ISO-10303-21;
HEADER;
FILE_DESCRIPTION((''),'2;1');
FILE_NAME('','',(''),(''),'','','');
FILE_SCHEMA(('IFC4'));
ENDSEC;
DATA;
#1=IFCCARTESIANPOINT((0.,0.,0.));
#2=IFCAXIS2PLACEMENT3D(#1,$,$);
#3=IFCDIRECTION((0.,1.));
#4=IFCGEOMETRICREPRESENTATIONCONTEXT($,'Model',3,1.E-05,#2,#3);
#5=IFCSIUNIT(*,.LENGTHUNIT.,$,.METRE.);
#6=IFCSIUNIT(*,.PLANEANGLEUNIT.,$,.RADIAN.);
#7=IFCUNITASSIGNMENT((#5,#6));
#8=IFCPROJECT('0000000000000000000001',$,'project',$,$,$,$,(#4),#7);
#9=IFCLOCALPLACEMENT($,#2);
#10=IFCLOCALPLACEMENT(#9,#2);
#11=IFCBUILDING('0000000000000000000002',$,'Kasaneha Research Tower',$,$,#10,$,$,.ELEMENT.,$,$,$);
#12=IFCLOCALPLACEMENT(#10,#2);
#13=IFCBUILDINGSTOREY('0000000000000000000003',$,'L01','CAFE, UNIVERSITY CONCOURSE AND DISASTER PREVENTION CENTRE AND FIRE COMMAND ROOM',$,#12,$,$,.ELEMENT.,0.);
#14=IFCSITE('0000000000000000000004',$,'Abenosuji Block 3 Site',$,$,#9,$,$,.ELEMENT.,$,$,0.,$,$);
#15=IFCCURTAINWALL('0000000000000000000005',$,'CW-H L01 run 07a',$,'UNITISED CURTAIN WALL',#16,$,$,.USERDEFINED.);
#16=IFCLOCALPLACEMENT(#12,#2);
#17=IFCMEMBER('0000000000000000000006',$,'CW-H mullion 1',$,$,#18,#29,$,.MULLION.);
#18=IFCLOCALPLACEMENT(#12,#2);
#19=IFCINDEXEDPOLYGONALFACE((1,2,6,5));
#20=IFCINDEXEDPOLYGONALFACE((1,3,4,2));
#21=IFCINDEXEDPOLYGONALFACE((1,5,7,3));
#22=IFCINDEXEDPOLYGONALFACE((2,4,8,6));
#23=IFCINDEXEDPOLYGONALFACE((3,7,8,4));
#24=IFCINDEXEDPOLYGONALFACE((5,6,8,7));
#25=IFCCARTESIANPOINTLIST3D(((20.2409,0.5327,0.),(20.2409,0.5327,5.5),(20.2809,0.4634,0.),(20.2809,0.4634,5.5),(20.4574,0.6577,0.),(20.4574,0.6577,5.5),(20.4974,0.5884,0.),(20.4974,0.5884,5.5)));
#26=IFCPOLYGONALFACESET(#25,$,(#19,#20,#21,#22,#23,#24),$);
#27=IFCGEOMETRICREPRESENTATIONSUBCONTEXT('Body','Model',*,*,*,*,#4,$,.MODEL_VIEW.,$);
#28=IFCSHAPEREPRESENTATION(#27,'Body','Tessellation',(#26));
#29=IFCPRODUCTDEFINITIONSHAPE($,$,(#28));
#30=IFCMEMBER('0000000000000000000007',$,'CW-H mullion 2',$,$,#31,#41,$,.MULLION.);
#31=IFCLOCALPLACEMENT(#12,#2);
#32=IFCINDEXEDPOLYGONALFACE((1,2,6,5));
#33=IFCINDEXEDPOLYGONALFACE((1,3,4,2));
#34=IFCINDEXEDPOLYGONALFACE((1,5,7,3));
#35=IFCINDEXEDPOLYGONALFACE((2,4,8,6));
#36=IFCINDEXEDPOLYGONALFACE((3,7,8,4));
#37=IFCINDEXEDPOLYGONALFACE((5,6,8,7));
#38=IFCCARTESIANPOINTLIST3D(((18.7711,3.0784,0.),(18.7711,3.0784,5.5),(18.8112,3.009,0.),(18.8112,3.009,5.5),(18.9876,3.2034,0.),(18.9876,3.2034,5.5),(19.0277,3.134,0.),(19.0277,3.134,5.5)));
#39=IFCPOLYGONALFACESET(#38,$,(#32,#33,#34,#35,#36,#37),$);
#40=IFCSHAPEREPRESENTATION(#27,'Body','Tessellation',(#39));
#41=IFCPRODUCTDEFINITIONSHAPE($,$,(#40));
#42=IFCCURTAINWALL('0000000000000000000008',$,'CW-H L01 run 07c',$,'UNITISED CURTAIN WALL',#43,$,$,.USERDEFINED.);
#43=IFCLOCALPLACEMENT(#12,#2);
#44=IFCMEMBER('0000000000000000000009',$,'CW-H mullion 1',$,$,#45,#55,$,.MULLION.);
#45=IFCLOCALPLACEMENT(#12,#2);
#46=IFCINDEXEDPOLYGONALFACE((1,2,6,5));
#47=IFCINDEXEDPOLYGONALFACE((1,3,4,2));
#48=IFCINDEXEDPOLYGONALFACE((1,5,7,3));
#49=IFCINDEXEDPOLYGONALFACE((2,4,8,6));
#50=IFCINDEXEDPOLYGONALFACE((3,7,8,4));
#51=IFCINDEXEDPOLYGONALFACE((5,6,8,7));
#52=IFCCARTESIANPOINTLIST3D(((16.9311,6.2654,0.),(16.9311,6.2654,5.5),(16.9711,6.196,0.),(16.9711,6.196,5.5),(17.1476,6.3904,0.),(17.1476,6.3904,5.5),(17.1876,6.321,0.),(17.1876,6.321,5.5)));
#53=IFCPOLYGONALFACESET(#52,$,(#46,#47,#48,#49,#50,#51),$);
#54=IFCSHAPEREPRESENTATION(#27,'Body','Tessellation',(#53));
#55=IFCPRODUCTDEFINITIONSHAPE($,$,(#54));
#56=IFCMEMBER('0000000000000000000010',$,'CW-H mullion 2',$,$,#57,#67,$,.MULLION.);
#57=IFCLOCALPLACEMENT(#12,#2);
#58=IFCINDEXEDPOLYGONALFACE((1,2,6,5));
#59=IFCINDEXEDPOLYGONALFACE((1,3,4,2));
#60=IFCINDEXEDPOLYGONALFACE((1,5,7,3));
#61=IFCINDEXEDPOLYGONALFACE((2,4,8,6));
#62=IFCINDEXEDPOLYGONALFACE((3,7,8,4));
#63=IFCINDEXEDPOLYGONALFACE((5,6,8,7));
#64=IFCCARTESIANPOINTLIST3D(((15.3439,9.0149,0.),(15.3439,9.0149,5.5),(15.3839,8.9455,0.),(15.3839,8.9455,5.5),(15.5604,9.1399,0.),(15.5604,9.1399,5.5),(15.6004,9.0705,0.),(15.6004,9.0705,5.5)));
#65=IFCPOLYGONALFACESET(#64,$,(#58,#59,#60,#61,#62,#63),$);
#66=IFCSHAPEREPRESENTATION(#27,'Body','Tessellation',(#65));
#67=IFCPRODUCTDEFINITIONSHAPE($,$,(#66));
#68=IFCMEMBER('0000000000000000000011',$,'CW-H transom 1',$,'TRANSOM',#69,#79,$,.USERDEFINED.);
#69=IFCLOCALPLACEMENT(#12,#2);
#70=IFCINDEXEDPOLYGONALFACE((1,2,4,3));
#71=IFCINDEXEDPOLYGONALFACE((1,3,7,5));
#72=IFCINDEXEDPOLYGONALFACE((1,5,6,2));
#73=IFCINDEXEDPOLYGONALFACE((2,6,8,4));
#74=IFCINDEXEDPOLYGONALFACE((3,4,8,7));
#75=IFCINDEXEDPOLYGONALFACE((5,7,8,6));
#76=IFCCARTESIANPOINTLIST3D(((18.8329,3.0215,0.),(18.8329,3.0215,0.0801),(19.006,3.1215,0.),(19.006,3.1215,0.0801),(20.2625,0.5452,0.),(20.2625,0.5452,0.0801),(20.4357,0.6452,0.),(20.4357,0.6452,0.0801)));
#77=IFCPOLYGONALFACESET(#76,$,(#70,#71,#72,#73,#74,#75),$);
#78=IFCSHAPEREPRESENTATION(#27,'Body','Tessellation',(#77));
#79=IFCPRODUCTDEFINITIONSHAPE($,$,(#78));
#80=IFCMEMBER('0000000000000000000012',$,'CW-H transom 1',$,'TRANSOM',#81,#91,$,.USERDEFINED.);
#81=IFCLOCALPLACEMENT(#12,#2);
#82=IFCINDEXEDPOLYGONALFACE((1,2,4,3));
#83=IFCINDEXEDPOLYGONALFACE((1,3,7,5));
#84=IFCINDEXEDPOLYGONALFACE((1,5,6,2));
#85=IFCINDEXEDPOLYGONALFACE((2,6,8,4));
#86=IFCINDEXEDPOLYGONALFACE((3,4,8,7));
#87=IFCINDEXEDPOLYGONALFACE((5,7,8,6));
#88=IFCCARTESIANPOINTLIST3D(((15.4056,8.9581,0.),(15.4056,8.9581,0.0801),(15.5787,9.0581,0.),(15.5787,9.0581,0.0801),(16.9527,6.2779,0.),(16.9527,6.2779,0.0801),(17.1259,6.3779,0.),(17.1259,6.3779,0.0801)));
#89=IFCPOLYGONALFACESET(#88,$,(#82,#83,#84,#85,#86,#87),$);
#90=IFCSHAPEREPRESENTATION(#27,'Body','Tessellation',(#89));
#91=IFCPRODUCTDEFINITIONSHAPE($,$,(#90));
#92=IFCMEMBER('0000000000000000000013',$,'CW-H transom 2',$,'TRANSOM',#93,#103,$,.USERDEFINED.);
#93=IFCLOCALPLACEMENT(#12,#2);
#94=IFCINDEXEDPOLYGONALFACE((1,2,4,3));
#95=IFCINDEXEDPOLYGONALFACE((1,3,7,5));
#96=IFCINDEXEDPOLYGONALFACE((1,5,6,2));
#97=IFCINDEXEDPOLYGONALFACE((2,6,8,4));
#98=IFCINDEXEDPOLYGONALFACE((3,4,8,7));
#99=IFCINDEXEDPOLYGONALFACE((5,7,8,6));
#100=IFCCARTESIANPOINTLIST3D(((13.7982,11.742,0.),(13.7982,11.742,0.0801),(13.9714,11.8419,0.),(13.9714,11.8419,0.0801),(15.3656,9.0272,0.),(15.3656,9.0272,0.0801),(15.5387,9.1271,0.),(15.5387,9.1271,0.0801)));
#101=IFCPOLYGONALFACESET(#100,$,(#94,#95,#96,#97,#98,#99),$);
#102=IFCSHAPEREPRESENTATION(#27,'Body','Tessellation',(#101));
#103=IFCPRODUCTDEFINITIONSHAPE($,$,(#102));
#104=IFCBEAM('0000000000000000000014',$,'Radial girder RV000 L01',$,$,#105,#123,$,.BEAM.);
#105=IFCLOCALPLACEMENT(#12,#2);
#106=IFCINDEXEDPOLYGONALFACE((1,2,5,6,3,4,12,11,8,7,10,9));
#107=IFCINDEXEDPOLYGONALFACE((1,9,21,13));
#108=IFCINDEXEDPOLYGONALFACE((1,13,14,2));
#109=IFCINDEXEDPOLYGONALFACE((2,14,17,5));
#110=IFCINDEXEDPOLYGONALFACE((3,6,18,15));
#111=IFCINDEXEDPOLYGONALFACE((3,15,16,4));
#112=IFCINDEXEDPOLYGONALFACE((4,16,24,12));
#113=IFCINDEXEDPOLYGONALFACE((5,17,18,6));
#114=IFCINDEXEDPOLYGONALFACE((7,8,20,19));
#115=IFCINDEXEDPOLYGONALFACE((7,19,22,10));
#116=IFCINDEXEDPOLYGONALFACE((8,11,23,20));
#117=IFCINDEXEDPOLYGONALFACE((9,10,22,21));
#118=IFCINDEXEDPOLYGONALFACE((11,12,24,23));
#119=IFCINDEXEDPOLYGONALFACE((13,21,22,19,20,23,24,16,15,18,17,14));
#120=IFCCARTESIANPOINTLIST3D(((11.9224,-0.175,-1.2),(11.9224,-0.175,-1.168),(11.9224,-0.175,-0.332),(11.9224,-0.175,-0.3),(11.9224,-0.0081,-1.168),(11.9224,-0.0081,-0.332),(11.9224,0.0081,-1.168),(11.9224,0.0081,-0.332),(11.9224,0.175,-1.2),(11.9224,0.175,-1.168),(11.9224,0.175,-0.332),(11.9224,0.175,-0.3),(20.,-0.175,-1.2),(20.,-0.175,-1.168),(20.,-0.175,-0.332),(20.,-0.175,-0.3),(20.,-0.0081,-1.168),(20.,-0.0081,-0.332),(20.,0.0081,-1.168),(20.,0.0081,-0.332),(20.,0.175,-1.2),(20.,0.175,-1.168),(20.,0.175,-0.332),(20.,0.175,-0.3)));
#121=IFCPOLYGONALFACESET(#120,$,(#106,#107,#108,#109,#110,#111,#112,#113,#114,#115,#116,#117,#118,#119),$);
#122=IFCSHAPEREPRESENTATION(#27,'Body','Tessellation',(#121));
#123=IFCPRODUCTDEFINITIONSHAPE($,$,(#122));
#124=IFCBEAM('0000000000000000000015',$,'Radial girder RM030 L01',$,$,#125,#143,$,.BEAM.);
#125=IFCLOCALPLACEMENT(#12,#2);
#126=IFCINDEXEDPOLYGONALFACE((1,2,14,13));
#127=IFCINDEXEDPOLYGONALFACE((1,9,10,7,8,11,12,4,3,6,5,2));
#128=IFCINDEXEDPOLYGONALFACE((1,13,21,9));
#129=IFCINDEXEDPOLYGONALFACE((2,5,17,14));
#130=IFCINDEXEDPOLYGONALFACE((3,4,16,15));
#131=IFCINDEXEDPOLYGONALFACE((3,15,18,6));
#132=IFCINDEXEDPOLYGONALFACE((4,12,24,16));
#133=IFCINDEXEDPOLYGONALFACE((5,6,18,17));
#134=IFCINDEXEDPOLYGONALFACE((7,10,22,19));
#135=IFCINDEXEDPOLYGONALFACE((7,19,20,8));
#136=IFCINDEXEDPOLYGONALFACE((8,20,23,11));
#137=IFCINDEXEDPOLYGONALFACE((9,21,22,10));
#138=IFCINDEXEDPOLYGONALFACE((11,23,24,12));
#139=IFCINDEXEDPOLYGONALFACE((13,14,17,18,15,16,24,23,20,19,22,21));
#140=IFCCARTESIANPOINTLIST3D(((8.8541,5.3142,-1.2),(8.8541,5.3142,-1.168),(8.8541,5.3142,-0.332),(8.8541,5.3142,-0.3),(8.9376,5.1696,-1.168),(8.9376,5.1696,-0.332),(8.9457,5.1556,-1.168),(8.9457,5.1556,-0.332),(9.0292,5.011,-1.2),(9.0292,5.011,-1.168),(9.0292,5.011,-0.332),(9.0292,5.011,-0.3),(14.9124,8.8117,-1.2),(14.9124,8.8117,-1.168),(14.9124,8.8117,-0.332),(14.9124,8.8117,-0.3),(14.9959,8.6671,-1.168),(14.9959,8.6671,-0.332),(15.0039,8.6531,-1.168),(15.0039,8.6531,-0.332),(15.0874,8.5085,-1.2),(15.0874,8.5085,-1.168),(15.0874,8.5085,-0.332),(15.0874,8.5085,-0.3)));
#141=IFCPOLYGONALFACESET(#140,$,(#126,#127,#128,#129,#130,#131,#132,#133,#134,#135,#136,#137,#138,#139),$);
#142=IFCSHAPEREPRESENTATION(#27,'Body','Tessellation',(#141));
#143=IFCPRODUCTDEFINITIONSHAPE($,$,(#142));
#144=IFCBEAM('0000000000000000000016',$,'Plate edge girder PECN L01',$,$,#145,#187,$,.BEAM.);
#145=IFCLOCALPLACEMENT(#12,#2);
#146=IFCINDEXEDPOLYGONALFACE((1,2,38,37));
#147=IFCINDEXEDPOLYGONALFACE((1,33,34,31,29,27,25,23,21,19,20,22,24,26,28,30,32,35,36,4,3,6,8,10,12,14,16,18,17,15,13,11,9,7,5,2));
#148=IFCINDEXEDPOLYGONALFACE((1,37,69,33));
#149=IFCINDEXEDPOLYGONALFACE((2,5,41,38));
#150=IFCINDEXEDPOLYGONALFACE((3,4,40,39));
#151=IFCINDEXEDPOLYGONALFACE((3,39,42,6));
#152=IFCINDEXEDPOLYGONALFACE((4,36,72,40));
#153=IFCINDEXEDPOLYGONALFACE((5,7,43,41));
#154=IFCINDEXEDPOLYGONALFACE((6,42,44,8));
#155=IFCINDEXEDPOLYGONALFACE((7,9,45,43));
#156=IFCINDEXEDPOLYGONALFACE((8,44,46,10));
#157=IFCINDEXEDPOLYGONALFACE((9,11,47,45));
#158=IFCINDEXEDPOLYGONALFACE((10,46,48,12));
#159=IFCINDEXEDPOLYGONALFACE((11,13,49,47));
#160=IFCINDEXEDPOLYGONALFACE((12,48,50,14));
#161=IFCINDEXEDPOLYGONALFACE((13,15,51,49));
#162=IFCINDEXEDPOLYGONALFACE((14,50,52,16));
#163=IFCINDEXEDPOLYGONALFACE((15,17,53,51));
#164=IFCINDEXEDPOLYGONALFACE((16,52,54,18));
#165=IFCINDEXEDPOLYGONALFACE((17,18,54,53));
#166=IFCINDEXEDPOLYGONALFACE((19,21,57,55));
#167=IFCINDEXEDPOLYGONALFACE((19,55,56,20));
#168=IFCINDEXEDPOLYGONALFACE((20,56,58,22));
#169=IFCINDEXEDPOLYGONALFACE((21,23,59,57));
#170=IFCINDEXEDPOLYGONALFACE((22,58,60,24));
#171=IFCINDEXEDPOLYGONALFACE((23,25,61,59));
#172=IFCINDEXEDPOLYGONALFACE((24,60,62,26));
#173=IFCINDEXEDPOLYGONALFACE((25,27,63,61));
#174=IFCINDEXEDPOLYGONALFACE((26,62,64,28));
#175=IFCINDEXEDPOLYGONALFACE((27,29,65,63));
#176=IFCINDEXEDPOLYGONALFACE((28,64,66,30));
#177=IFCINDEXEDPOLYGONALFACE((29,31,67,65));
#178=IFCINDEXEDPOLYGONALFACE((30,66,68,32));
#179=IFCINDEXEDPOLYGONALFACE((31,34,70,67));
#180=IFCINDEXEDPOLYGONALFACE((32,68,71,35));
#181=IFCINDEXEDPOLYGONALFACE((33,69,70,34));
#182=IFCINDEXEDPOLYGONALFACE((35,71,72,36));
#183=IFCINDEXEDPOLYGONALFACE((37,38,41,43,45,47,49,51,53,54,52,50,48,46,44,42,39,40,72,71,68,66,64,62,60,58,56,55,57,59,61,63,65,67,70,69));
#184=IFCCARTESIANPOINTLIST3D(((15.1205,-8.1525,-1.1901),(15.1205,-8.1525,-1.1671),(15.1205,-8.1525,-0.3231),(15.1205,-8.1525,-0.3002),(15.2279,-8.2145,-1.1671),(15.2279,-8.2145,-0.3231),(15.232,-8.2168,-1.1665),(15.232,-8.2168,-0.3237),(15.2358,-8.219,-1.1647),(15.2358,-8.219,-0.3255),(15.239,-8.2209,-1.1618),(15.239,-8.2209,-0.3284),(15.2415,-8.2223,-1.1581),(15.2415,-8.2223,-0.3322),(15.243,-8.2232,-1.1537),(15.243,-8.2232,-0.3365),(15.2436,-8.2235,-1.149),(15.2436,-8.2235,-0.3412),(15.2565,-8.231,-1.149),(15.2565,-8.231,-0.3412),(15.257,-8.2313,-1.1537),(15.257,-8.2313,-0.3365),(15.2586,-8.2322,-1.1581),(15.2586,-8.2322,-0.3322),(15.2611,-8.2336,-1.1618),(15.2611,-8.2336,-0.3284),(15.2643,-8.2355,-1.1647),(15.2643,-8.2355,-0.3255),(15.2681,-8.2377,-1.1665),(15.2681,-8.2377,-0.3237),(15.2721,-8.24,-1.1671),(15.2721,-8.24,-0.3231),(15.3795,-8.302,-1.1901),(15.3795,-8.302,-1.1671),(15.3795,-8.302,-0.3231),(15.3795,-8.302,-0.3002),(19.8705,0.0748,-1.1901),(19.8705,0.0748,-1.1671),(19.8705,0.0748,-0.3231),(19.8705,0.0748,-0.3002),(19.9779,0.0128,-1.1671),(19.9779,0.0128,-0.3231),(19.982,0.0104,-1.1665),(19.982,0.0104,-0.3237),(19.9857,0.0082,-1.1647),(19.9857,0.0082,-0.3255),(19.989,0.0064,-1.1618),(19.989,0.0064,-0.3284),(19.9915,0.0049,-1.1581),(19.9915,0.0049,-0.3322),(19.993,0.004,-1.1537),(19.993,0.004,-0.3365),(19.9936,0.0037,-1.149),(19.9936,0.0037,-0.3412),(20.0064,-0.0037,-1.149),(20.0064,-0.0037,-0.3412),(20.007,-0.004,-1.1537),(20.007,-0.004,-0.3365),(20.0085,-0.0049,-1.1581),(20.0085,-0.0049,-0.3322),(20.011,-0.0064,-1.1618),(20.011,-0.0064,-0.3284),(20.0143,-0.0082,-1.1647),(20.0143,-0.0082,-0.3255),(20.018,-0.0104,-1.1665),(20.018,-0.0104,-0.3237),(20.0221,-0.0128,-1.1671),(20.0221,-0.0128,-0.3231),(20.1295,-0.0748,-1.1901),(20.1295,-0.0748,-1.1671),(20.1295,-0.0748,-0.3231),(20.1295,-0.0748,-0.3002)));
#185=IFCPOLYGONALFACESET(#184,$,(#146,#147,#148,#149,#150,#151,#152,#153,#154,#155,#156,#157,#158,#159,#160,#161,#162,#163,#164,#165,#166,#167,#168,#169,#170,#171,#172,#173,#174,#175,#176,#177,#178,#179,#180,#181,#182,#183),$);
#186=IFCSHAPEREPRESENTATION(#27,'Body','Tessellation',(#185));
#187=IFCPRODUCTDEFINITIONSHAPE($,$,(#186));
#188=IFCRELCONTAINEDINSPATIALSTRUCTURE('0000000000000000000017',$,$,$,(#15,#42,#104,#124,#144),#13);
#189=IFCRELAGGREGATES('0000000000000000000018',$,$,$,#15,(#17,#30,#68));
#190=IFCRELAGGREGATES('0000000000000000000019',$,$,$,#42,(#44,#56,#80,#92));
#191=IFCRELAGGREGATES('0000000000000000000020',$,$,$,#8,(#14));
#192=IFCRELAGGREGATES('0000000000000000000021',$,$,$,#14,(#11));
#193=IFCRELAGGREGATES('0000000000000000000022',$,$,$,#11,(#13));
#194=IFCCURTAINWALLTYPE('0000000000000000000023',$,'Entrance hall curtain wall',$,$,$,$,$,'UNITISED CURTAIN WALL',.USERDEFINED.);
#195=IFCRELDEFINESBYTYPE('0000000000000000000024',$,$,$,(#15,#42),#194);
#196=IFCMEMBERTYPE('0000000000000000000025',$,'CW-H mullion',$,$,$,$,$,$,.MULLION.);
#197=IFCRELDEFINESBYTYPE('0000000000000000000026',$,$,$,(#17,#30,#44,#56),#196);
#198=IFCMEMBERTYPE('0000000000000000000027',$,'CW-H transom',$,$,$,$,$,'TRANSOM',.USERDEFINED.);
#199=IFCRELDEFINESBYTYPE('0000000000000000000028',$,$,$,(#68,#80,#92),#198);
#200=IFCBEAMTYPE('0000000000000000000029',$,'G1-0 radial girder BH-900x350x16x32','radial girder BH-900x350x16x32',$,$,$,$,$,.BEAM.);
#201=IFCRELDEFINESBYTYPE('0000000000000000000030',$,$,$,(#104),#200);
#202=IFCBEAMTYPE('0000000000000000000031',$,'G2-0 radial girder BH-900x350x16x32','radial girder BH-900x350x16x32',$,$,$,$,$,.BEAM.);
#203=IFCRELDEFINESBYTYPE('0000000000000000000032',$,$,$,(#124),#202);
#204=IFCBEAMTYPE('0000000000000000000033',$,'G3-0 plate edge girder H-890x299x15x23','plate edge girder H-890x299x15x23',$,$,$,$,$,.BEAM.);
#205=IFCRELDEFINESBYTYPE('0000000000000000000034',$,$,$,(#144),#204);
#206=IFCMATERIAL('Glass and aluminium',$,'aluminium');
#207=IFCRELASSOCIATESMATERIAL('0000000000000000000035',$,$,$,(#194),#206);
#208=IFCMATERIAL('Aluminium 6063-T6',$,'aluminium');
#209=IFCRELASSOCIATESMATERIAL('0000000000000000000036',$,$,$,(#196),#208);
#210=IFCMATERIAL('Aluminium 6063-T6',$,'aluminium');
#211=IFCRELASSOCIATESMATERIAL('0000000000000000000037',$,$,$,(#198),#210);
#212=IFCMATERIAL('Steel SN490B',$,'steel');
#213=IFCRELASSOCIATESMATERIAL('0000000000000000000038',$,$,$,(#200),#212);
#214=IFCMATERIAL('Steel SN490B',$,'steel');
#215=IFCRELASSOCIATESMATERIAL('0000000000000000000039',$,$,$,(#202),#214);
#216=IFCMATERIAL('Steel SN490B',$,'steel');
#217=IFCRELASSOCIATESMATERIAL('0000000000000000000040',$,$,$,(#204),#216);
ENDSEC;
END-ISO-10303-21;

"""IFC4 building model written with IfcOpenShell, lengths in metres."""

from ifc_helpers import new_model, si_unit, direction, frame, origin, origin_2d, place, context, subcontext, project, spatial, rectangle, i_section, extrude, material, material_profile, profile_set, type_object, element, aggregate, save


model = new_model("IFC4")

# Units and contexts
model_context = context("Model", 3, precision=1e-05, world=origin(), true_north=direction((0.0, 1.0)))
body_context = subcontext(model_context, "Body", "Model", "MODEL_VIEW")
ifc_project = project(units=[si_unit("LENGTHUNIT", "METRE"), si_unit("PLANEANGLEUNIT", "RADIAN")], contexts=[model_context])

# Site, building, storey
site_placement = place(None, origin())
site = spatial("IfcSite", under=ifc_project, at=site_placement, Name="Abenosuji Block 3 Site", CompositionType="ELEMENT", RefElevation=0.0)
building_placement = place(site_placement, origin())
building = spatial("IfcBuilding", under=site, at=building_placement, Name="Kasaneha Research Tower", CompositionType="ELEMENT")
storey_placement = place(building_placement, origin())
storey = spatial("IfcBuildingStorey", under=building, at=storey_placement, Name="L01", Description="CAFE, UNIVERSITY CONCOURSE AND DISASTER PREVENTION CENTRE AND FIRE COMMAND ROOM", CompositionType="ELEMENT", Elevation=0.0)

# Shared definitions
ifc_material_1 = material(Name="Glass and aluminium", Category="aluminium")
curtain_wall_type = type_object("IfcCurtainWallType", Name="Entrance hall curtain wall", ElementType="UNITISED CURTAIN WALL", PredefinedType="USERDEFINED", material=ifc_material_1)
ifc_material_2 = material(Name="Aluminium 6063-T6", Category="aluminium")
ifc_material_profile_1 = material_profile(ifc_material_2, rectangle(XDim=0.0801, YDim=0.25, at=origin_2d()), Name="CW-H mullion 80x250")
ifc_profile_set_1 = profile_set([ifc_material_profile_1], Name="Aluminium 6063-T6")
member_type_1 = type_object("IfcMemberType", Name="CW-H mullion", PredefinedType="MULLION", material=ifc_profile_set_1)

# Curtain walls, members
curtain_wall_1_placement = place(storey_placement, origin())
curtain_wall_1 = element("IfcCurtainWall", 1, at=curtain_wall_1_placement, inside=storey, type_object=curtain_wall_type, Name="CW-H L01 run 07a", ObjectType="UNITISED CURTAIN WALL", PredefinedType="USERDEFINED")
member_1_placement = place(storey_placement, frame((20.3691, 0.5605, 0.0), z_axis=(0.0, 0.0, 1.0), x_axis=(-0.5, 0.866025, 0.0)))
member_1 = element("IfcMember", 2, at=member_1_placement, type_object=member_type_1, Name="CW-H mullion 1", PredefinedType="MULLION", context=body_context, shape_type="SweptSolid", body=[
    extrude(rectangle(XDim=0.0801, YDim=0.25, at=origin_2d()), origin(), (0.0, 0.0, 1.0), 5.5),
])
member_2_placement = place(storey_placement, frame((18.8994, 3.1062, 0.0), z_axis=(0.0, 0.0, 1.0), x_axis=(-0.5, 0.866025, 0.0)))
member_2 = element("IfcMember", 3, at=member_2_placement, type_object=member_type_1, Name="CW-H mullion 2", PredefinedType="MULLION", context=body_context, shape_type="SweptSolid", body=[
    extrude(rectangle(XDim=0.0801, YDim=0.25, at=origin_2d()), origin(), (0.0, 0.0, 1.0), 5.5),
])
curtain_wall_2_placement = place(storey_placement, origin())
curtain_wall_2 = element("IfcCurtainWall", 4, at=curtain_wall_2_placement, inside=storey, type_object=curtain_wall_type, Name="CW-H L01 run 07c", ObjectType="UNITISED CURTAIN WALL", PredefinedType="USERDEFINED")
member_3_placement = place(storey_placement, frame((17.0593, 6.2932, 0.0), z_axis=(0.0, 0.0, 1.0), x_axis=(-0.5, 0.866025, 0.0)))
member_3 = element("IfcMember", 5, at=member_3_placement, type_object=member_type_1, Name="CW-H mullion 1", PredefinedType="MULLION", context=body_context, shape_type="SweptSolid", body=[
    extrude(rectangle(XDim=0.0801, YDim=0.25, at=origin_2d()), origin(), (0.0, 0.0, 1.0), 5.5),
])
member_4_placement = place(storey_placement, frame((15.4722, 9.0427, 0.0), z_axis=(0.0, 0.0, 1.0), x_axis=(-0.5, 0.866025, 0.0)))
member_4 = element("IfcMember", 6, at=member_4_placement, type_object=member_type_1, Name="CW-H mullion 2", PredefinedType="MULLION", context=body_context, shape_type="SweptSolid", body=[
    extrude(rectangle(XDim=0.0801, YDim=0.25, at=origin_2d()), origin(), (0.0, 0.0, 1.0), 5.5),
])

# Members
ifc_material_3 = material(Name="Aluminium 6063-T6", Category="aluminium")
ifc_material_profile_2 = material_profile(ifc_material_3, rectangle(XDim=0.2, YDim=0.0801, at=origin_2d()), Name="CW-H transom 200x80")
ifc_profile_set_2 = profile_set([ifc_material_profile_2], Name="Aluminium 6063-T6")
member_type_2 = type_object("IfcMemberType", Name="CW-H transom", ElementType="TRANSOM", PredefinedType="USERDEFINED", material=ifc_profile_set_2)
member_5_placement = place(storey_placement, frame((20.3491, 0.5952, 0.04), z_axis=(-0.499996, 0.866028, 0.0), x_axis=(-0.866028, -0.499996, 0.0)))
member_5 = element("IfcMember", 7, at=member_5_placement, type_object=member_type_2, Name="CW-H transom 1", ObjectType="TRANSOM", PredefinedType="USERDEFINED", context=body_context, shape_type="SweptSolid", body=[
    extrude(rectangle(XDim=0.2, YDim=0.0801, at=origin_2d()), origin(), (0.0, 0.0, 1.0), 2.8594),
])
member_6_placement = place(storey_placement, frame((17.0393, 6.3279, 0.04), z_axis=(-0.499932, 0.866065, 0.0), x_axis=(-0.866065, -0.499932, 0.0)))
member_6 = element("IfcMember", 8, at=member_6_placement, type_object=member_type_2, Name="CW-H transom 1", ObjectType="TRANSOM", PredefinedType="USERDEFINED", context=body_context, shape_type="SweptSolid", body=[
    extrude(rectangle(XDim=0.2, YDim=0.0801, at=origin_2d()), origin(), (0.0, 0.0, 1.0), 3.0947),
])
member_7_placement = place(storey_placement, frame((15.4521, 9.0771, 0.04), z_axis=(-0.499992, 0.86603, 0.0), x_axis=(-0.86603, -0.499992, 0.0)))
member_7 = element("IfcMember", 9, at=member_7_placement, type_object=member_type_2, Name="CW-H transom 2", ObjectType="TRANSOM", PredefinedType="USERDEFINED", context=body_context, shape_type="SweptSolid", body=[
    extrude(rectangle(XDim=0.2, YDim=0.0801, at=origin_2d()), origin(), (0.0, 0.0, 1.0), 3.1348),
])

# Beams
ifc_material_4 = material(Name="Steel SN490B", Category="steel")
ifc_material_profile_3 = material_profile(ifc_material_4, i_section(OverallWidth=0.3501, OverallDepth=0.8999, WebThickness=0.0161, FlangeThickness=0.032, at=origin_2d()), Name="BH-900x350x16x32")
ifc_profile_set_3 = profile_set([ifc_material_profile_3], Name="Steel SN490B")
beam_type_1 = type_object("IfcBeamType", Name="G1-0 radial girder BH-900x350x16x32", Description="radial girder BH-900x350x16x32", PredefinedType="BEAM", material=ifc_profile_set_3)
beam_1_placement = place(storey_placement, frame((11.9224, 0.0, -0.75), z_axis=(1.0, 0.0, 0.0), x_axis=(0.0, 1.0, 0.0)))
element("IfcBeam", 10, at=beam_1_placement, inside=storey, type_object=beam_type_1, Name="Radial girder RV000 L01", PredefinedType="BEAM", context=body_context, shape_type="SweptSolid", body=[
    extrude(i_section(OverallWidth=0.3501, OverallDepth=0.8999, WebThickness=0.0161, FlangeThickness=0.032, at=origin_2d()), origin(), (0.0, 0.0, 1.0), 8.0776),
])
ifc_material_5 = material(Name="Steel SN490B", Category="steel")
ifc_material_profile_4 = material_profile(ifc_material_5, i_section(OverallWidth=0.3501, OverallDepth=0.8999, WebThickness=0.0161, FlangeThickness=0.032, at=origin_2d()), Name="BH-900x350x16x32")
ifc_profile_set_4 = profile_set([ifc_material_profile_4], Name="Steel SN490B")
beam_type_2 = type_object("IfcBeamType", Name="G2-0 radial girder BH-900x350x16x32", Description="radial girder BH-900x350x16x32", PredefinedType="BEAM", material=ifc_profile_set_4)
beam_2_placement = place(storey_placement, frame((8.9417, 5.1626, -0.75), z_axis=(0.86604, 0.499975, 0.0), x_axis=(-0.499975, 0.86604, 0.0)))
element("IfcBeam", 11, at=beam_2_placement, inside=storey, type_object=beam_type_2, Name="Radial girder RM030 L01", PredefinedType="BEAM", context=body_context, shape_type="SweptSolid", body=[
    extrude(i_section(OverallWidth=0.3501, OverallDepth=0.8999, WebThickness=0.0161, FlangeThickness=0.032, at=origin_2d()), origin(), (0.0, 0.0, 1.0), 6.9954),
])
ifc_material_6 = material(Name="Steel SN490B", Category="steel")
ifc_material_profile_5 = material_profile(ifc_material_6, i_section(OverallWidth=0.2991, OverallDepth=0.8899, WebThickness=0.0149, FlangeThickness=0.0229, FilletRadius=0.0181, at=origin_2d()), Name="H-890x299x15x23")
ifc_profile_set_5 = profile_set([ifc_material_profile_5], Name="Steel SN490B")
beam_type_3 = type_object("IfcBeamType", Name="G3-0 plate edge girder H-890x299x15x23", Description="plate edge girder H-890x299x15x23", PredefinedType="BEAM", material=ifc_profile_set_5)
beam_3_placement = place(storey_placement, frame((20.0, 0.0, -0.7451), z_axis=(-0.499998, -0.866027, 0.0), x_axis=(0.866027, -0.499998, 0.0)))
element("IfcBeam", 12, at=beam_3_placement, inside=storey, type_object=beam_type_3, Name="Plate edge girder PECN L01", PredefinedType="BEAM", context=body_context, shape_type="SweptSolid", body=[
    extrude(i_section(OverallWidth=0.2991, OverallDepth=0.8899, WebThickness=0.0149, FlangeThickness=0.0229, FilletRadius=0.0181, at=origin_2d()), origin(), (0.0, 0.0, 1.0), 9.5),
])

aggregate(curtain_wall_1, [member_1, member_2, member_5])
aggregate(curtain_wall_2, [member_3, member_4, member_6, member_7])

save(model, "model.ifc")
